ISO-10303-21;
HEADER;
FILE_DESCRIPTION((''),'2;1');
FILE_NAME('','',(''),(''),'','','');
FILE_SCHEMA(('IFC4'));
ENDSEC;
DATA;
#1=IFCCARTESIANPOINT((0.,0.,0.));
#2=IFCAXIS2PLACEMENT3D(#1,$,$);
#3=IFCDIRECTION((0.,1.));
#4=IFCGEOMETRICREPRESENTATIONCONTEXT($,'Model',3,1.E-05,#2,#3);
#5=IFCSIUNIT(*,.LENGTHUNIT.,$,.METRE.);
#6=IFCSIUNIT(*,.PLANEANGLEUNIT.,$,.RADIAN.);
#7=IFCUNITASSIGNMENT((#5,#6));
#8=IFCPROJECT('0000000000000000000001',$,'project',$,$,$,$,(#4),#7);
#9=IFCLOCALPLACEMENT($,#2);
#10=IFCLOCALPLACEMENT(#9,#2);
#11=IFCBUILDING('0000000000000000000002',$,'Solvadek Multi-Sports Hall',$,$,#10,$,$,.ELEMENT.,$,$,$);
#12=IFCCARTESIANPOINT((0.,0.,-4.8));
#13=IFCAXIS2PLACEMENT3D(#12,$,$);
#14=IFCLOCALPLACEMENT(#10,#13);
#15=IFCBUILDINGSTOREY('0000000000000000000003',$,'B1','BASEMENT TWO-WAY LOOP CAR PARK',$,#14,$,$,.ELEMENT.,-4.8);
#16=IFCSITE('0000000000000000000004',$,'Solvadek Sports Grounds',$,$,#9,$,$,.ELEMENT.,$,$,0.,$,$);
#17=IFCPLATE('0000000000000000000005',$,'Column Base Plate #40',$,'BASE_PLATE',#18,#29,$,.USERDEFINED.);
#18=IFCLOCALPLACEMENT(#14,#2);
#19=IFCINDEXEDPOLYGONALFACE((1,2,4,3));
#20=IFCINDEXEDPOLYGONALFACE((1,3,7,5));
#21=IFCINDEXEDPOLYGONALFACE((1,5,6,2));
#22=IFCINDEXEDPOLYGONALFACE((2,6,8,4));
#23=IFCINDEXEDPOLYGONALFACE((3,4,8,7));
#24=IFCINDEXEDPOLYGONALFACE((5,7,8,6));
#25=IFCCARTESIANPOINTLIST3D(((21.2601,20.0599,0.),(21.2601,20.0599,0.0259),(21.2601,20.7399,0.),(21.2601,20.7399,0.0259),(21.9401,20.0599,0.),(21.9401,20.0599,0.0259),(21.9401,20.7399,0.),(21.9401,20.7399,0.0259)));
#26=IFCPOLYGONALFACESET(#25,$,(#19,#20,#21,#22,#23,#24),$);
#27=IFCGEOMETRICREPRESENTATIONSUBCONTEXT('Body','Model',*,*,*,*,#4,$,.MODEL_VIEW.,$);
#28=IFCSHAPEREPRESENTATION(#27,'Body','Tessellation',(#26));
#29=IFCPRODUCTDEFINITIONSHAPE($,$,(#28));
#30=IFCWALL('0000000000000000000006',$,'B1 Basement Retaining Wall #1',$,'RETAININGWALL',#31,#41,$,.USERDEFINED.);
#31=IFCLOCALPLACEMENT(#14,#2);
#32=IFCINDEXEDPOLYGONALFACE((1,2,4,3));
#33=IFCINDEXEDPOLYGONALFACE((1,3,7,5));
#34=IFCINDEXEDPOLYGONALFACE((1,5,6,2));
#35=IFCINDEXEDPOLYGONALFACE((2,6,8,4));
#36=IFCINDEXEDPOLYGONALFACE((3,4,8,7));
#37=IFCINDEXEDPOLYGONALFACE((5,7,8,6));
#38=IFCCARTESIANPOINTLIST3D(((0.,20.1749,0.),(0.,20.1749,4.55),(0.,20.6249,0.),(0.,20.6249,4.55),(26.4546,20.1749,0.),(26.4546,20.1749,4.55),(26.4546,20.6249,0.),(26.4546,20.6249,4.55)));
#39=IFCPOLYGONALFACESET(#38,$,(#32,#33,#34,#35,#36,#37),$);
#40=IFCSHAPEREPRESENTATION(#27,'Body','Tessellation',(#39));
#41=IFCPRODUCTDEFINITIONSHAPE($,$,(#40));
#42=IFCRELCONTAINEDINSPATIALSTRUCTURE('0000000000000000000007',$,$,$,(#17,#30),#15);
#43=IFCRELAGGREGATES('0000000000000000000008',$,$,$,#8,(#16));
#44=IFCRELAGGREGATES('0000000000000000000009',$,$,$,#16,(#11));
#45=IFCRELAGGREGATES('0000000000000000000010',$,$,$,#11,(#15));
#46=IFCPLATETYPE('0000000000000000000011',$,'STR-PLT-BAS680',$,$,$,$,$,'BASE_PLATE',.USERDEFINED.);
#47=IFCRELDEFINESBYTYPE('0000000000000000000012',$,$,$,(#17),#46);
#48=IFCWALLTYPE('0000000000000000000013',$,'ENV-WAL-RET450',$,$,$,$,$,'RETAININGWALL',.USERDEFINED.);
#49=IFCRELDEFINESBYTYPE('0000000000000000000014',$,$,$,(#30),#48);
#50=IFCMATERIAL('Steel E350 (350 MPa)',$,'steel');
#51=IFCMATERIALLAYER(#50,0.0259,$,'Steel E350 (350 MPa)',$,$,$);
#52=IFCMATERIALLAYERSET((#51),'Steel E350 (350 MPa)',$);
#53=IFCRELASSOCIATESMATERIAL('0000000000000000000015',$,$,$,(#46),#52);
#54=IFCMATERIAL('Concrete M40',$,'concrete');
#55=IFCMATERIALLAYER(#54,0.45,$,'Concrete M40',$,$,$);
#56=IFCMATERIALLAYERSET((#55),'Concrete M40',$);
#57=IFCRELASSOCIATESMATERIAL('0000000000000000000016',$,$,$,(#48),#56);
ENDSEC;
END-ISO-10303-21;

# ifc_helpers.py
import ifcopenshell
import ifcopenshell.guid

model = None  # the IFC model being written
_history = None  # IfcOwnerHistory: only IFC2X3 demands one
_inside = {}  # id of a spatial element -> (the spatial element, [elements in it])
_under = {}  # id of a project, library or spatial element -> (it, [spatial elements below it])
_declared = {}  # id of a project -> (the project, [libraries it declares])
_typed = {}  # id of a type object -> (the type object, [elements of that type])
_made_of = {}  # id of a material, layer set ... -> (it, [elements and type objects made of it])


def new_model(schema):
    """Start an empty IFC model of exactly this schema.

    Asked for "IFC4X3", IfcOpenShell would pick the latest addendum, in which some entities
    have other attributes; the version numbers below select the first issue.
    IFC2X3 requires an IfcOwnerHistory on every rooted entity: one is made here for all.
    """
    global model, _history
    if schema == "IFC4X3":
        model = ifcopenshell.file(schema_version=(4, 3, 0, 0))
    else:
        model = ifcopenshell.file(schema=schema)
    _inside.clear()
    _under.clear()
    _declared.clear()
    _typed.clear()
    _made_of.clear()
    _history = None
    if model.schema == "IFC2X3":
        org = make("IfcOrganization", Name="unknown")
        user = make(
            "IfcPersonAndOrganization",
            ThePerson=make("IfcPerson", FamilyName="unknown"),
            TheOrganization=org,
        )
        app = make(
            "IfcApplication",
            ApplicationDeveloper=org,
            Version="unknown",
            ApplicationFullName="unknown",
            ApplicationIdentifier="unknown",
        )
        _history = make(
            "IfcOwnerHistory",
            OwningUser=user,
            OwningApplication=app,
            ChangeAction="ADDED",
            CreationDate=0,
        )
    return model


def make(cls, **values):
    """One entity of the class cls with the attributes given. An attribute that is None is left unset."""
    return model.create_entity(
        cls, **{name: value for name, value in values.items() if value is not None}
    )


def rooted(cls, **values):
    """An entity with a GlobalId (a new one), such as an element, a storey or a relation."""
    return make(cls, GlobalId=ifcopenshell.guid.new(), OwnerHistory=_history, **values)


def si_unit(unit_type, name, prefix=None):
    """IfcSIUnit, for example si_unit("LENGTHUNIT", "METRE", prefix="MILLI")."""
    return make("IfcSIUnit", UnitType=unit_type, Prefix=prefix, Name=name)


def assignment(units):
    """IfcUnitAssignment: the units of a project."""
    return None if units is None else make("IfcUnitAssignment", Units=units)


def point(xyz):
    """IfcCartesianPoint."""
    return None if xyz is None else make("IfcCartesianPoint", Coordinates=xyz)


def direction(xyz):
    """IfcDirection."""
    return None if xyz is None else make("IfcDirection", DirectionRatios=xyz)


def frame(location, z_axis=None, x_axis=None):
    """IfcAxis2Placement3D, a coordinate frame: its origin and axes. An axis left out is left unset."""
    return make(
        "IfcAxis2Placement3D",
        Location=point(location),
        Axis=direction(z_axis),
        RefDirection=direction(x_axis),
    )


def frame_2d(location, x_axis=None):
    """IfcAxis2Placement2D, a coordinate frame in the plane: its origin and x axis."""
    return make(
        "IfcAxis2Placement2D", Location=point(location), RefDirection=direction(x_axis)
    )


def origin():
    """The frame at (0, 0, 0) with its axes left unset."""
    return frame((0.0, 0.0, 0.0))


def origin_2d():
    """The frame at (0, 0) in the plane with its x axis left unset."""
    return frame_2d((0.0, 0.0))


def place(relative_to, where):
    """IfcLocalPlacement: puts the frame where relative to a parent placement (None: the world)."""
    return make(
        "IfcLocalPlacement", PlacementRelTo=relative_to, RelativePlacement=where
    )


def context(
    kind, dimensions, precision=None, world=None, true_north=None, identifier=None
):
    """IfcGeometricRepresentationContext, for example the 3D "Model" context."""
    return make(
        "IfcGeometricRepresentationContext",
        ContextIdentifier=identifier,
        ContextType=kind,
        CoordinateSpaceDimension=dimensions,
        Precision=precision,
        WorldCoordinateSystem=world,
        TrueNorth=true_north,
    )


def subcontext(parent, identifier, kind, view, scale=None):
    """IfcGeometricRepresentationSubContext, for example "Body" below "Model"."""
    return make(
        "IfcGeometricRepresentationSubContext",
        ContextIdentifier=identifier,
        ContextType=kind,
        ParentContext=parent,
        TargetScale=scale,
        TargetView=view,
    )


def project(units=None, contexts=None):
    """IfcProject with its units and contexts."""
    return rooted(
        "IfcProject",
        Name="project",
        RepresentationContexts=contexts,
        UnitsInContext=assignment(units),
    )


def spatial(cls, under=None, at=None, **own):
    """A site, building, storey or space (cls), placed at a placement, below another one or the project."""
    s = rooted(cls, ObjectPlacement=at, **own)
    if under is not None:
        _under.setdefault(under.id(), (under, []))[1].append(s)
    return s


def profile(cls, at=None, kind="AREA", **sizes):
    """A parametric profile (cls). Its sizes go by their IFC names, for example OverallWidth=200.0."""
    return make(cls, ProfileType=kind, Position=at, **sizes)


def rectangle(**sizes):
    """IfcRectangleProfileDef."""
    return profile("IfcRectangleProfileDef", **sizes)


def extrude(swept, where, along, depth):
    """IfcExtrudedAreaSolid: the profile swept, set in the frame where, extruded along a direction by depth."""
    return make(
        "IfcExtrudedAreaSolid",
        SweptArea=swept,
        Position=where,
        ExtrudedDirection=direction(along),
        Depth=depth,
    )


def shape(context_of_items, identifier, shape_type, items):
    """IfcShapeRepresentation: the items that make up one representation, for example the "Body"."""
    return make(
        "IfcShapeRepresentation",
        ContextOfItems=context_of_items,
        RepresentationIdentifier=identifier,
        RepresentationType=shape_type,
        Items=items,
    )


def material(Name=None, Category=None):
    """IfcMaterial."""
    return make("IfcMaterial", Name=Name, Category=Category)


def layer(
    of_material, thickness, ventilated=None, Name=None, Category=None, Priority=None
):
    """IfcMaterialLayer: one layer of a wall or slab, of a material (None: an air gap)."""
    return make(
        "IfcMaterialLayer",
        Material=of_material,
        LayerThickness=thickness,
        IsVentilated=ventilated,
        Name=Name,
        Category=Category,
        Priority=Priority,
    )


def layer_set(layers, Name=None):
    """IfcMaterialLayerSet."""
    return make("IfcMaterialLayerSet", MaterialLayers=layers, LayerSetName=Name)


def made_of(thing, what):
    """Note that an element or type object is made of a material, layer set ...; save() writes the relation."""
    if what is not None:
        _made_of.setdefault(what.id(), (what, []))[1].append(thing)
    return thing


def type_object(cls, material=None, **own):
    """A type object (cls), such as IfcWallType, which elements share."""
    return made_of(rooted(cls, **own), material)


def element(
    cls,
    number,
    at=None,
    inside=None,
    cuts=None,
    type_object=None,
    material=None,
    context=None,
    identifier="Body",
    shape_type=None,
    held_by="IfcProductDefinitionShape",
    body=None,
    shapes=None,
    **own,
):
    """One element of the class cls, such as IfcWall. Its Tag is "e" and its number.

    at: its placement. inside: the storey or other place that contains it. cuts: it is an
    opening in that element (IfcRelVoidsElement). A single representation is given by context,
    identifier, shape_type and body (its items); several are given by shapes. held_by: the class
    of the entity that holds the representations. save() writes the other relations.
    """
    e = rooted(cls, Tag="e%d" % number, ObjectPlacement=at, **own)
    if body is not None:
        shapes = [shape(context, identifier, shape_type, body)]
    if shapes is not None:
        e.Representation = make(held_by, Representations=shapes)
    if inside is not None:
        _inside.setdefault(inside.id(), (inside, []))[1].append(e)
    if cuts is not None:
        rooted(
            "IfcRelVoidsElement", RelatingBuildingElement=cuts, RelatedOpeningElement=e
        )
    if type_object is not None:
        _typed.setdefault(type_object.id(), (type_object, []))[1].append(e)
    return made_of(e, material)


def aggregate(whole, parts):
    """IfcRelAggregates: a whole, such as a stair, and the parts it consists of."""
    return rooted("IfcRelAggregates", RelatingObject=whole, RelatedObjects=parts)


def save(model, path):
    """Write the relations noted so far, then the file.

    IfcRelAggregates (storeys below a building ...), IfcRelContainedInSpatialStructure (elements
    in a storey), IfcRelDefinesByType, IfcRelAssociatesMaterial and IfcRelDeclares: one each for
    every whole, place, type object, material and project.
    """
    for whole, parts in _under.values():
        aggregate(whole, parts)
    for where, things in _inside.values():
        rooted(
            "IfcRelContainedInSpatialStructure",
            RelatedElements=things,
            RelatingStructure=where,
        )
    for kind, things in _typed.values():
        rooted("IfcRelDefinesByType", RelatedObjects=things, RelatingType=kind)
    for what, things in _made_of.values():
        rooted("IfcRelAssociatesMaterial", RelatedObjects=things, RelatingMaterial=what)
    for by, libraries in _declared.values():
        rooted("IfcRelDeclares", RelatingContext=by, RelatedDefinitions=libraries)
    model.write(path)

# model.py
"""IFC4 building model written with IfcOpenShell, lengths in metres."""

from ifc_helpers import new_model, si_unit, direction, frame, frame_2d, origin, origin_2d, place, context, subcontext, project, spatial, rectangle, extrude, material, layer, layer_set, type_object, element, save


model = new_model("IFC4")

# Units and contexts
model_context = context("Model", 3, precision=1e-05, world=origin(), true_north=direction((0.0, 1.0)))
body_context = subcontext(model_context, "Body", "Model", "MODEL_VIEW")
ifc_project = project(units=[si_unit("LENGTHUNIT", "METRE"), si_unit("PLANEANGLEUNIT", "RADIAN")], contexts=[model_context])

# Site, building, storey
site_placement = place(None, origin())
site = spatial("IfcSite", under=ifc_project, at=site_placement, Name="Solvadek Sports Grounds", CompositionType="ELEMENT", RefElevation=0.0)
building_placement = place(site_placement, origin())
building = spatial("IfcBuilding", under=site, at=building_placement, Name="Solvadek Multi-Sports Hall", CompositionType="ELEMENT")
storey_placement = place(building_placement, frame((0.0, 0.0, -4.8)))
storey = spatial("IfcBuildingStorey", under=building, at=storey_placement, Name="B1", Description="BASEMENT TWO-WAY LOOP CAR PARK", CompositionType="ELEMENT", Elevation=-4.8)

# Shared definitions
ifc_material_1 = material(Name="Concrete M40", Category="concrete")

# Shared definitions
ifc_material_2 = material(Name="Steel E350 (350 MPa)", Category="steel")

# Plate
ifc_layer_1 = layer(ifc_material_2, 0.0259, Name="Steel E350 (350 MPa)")
ifc_layer_set_1 = layer_set([ifc_layer_1], Name="Steel E350 (350 MPa)")
plate_type_1 = type_object("IfcPlateType", Name="STR-PLT-BAS680", ElementType="BASE_PLATE", PredefinedType="USERDEFINED", material=ifc_layer_set_1)
for number, where, z_axis, x_axis, name in (
    (1, (21.6001, 20.3999, 0.0), (0.0, 0.0, 1.0), (1.0, 0.0, 0.0), "Column Base Plate #40"),
):
    element("IfcPlate", number, at=place(storey_placement, frame(where, z_axis=z_axis, x_axis=x_axis)), inside=storey, type_object=plate_type_1, Name=name, ObjectType="BASE_PLATE", PredefinedType="USERDEFINED", context=body_context, shape_type="SweptSolid", body=[
        extrude(rectangle(XDim=0.6799, YDim=0.6799, at=origin_2d()), origin(), (0.0, 0.0, 1.0), 0.0259),
    ])

# Wall
ifc_layer_2 = layer(ifc_material_1, 0.45, Name="Concrete M40")
ifc_layer_set_2 = layer_set([ifc_layer_2], Name="Concrete M40")
wall_type = type_object("IfcWallType", Name="ENV-WAL-RET450", ElementType="RETAININGWALL", PredefinedType="USERDEFINED", material=ifc_layer_set_2)
wall_placement = place(storey_placement, frame((0.0, 20.3999, 0.0), z_axis=(0.0, 0.0, 1.0), x_axis=(1.0, 0.0, 0.0)))
element("IfcWall", 2, at=wall_placement, inside=storey, type_object=wall_type, Name="B1 Basement Retaining Wall #1", ObjectType="RETAININGWALL", PredefinedType="USERDEFINED", context=body_context, shape_type="SweptSolid", body=[
    extrude(rectangle(XDim=26.4546, YDim=0.45, at=frame_2d((13.2273, 0.0))), origin(), (0.0, 0.0, 1.0), 4.55),
])

save(model, "model.ifc")
